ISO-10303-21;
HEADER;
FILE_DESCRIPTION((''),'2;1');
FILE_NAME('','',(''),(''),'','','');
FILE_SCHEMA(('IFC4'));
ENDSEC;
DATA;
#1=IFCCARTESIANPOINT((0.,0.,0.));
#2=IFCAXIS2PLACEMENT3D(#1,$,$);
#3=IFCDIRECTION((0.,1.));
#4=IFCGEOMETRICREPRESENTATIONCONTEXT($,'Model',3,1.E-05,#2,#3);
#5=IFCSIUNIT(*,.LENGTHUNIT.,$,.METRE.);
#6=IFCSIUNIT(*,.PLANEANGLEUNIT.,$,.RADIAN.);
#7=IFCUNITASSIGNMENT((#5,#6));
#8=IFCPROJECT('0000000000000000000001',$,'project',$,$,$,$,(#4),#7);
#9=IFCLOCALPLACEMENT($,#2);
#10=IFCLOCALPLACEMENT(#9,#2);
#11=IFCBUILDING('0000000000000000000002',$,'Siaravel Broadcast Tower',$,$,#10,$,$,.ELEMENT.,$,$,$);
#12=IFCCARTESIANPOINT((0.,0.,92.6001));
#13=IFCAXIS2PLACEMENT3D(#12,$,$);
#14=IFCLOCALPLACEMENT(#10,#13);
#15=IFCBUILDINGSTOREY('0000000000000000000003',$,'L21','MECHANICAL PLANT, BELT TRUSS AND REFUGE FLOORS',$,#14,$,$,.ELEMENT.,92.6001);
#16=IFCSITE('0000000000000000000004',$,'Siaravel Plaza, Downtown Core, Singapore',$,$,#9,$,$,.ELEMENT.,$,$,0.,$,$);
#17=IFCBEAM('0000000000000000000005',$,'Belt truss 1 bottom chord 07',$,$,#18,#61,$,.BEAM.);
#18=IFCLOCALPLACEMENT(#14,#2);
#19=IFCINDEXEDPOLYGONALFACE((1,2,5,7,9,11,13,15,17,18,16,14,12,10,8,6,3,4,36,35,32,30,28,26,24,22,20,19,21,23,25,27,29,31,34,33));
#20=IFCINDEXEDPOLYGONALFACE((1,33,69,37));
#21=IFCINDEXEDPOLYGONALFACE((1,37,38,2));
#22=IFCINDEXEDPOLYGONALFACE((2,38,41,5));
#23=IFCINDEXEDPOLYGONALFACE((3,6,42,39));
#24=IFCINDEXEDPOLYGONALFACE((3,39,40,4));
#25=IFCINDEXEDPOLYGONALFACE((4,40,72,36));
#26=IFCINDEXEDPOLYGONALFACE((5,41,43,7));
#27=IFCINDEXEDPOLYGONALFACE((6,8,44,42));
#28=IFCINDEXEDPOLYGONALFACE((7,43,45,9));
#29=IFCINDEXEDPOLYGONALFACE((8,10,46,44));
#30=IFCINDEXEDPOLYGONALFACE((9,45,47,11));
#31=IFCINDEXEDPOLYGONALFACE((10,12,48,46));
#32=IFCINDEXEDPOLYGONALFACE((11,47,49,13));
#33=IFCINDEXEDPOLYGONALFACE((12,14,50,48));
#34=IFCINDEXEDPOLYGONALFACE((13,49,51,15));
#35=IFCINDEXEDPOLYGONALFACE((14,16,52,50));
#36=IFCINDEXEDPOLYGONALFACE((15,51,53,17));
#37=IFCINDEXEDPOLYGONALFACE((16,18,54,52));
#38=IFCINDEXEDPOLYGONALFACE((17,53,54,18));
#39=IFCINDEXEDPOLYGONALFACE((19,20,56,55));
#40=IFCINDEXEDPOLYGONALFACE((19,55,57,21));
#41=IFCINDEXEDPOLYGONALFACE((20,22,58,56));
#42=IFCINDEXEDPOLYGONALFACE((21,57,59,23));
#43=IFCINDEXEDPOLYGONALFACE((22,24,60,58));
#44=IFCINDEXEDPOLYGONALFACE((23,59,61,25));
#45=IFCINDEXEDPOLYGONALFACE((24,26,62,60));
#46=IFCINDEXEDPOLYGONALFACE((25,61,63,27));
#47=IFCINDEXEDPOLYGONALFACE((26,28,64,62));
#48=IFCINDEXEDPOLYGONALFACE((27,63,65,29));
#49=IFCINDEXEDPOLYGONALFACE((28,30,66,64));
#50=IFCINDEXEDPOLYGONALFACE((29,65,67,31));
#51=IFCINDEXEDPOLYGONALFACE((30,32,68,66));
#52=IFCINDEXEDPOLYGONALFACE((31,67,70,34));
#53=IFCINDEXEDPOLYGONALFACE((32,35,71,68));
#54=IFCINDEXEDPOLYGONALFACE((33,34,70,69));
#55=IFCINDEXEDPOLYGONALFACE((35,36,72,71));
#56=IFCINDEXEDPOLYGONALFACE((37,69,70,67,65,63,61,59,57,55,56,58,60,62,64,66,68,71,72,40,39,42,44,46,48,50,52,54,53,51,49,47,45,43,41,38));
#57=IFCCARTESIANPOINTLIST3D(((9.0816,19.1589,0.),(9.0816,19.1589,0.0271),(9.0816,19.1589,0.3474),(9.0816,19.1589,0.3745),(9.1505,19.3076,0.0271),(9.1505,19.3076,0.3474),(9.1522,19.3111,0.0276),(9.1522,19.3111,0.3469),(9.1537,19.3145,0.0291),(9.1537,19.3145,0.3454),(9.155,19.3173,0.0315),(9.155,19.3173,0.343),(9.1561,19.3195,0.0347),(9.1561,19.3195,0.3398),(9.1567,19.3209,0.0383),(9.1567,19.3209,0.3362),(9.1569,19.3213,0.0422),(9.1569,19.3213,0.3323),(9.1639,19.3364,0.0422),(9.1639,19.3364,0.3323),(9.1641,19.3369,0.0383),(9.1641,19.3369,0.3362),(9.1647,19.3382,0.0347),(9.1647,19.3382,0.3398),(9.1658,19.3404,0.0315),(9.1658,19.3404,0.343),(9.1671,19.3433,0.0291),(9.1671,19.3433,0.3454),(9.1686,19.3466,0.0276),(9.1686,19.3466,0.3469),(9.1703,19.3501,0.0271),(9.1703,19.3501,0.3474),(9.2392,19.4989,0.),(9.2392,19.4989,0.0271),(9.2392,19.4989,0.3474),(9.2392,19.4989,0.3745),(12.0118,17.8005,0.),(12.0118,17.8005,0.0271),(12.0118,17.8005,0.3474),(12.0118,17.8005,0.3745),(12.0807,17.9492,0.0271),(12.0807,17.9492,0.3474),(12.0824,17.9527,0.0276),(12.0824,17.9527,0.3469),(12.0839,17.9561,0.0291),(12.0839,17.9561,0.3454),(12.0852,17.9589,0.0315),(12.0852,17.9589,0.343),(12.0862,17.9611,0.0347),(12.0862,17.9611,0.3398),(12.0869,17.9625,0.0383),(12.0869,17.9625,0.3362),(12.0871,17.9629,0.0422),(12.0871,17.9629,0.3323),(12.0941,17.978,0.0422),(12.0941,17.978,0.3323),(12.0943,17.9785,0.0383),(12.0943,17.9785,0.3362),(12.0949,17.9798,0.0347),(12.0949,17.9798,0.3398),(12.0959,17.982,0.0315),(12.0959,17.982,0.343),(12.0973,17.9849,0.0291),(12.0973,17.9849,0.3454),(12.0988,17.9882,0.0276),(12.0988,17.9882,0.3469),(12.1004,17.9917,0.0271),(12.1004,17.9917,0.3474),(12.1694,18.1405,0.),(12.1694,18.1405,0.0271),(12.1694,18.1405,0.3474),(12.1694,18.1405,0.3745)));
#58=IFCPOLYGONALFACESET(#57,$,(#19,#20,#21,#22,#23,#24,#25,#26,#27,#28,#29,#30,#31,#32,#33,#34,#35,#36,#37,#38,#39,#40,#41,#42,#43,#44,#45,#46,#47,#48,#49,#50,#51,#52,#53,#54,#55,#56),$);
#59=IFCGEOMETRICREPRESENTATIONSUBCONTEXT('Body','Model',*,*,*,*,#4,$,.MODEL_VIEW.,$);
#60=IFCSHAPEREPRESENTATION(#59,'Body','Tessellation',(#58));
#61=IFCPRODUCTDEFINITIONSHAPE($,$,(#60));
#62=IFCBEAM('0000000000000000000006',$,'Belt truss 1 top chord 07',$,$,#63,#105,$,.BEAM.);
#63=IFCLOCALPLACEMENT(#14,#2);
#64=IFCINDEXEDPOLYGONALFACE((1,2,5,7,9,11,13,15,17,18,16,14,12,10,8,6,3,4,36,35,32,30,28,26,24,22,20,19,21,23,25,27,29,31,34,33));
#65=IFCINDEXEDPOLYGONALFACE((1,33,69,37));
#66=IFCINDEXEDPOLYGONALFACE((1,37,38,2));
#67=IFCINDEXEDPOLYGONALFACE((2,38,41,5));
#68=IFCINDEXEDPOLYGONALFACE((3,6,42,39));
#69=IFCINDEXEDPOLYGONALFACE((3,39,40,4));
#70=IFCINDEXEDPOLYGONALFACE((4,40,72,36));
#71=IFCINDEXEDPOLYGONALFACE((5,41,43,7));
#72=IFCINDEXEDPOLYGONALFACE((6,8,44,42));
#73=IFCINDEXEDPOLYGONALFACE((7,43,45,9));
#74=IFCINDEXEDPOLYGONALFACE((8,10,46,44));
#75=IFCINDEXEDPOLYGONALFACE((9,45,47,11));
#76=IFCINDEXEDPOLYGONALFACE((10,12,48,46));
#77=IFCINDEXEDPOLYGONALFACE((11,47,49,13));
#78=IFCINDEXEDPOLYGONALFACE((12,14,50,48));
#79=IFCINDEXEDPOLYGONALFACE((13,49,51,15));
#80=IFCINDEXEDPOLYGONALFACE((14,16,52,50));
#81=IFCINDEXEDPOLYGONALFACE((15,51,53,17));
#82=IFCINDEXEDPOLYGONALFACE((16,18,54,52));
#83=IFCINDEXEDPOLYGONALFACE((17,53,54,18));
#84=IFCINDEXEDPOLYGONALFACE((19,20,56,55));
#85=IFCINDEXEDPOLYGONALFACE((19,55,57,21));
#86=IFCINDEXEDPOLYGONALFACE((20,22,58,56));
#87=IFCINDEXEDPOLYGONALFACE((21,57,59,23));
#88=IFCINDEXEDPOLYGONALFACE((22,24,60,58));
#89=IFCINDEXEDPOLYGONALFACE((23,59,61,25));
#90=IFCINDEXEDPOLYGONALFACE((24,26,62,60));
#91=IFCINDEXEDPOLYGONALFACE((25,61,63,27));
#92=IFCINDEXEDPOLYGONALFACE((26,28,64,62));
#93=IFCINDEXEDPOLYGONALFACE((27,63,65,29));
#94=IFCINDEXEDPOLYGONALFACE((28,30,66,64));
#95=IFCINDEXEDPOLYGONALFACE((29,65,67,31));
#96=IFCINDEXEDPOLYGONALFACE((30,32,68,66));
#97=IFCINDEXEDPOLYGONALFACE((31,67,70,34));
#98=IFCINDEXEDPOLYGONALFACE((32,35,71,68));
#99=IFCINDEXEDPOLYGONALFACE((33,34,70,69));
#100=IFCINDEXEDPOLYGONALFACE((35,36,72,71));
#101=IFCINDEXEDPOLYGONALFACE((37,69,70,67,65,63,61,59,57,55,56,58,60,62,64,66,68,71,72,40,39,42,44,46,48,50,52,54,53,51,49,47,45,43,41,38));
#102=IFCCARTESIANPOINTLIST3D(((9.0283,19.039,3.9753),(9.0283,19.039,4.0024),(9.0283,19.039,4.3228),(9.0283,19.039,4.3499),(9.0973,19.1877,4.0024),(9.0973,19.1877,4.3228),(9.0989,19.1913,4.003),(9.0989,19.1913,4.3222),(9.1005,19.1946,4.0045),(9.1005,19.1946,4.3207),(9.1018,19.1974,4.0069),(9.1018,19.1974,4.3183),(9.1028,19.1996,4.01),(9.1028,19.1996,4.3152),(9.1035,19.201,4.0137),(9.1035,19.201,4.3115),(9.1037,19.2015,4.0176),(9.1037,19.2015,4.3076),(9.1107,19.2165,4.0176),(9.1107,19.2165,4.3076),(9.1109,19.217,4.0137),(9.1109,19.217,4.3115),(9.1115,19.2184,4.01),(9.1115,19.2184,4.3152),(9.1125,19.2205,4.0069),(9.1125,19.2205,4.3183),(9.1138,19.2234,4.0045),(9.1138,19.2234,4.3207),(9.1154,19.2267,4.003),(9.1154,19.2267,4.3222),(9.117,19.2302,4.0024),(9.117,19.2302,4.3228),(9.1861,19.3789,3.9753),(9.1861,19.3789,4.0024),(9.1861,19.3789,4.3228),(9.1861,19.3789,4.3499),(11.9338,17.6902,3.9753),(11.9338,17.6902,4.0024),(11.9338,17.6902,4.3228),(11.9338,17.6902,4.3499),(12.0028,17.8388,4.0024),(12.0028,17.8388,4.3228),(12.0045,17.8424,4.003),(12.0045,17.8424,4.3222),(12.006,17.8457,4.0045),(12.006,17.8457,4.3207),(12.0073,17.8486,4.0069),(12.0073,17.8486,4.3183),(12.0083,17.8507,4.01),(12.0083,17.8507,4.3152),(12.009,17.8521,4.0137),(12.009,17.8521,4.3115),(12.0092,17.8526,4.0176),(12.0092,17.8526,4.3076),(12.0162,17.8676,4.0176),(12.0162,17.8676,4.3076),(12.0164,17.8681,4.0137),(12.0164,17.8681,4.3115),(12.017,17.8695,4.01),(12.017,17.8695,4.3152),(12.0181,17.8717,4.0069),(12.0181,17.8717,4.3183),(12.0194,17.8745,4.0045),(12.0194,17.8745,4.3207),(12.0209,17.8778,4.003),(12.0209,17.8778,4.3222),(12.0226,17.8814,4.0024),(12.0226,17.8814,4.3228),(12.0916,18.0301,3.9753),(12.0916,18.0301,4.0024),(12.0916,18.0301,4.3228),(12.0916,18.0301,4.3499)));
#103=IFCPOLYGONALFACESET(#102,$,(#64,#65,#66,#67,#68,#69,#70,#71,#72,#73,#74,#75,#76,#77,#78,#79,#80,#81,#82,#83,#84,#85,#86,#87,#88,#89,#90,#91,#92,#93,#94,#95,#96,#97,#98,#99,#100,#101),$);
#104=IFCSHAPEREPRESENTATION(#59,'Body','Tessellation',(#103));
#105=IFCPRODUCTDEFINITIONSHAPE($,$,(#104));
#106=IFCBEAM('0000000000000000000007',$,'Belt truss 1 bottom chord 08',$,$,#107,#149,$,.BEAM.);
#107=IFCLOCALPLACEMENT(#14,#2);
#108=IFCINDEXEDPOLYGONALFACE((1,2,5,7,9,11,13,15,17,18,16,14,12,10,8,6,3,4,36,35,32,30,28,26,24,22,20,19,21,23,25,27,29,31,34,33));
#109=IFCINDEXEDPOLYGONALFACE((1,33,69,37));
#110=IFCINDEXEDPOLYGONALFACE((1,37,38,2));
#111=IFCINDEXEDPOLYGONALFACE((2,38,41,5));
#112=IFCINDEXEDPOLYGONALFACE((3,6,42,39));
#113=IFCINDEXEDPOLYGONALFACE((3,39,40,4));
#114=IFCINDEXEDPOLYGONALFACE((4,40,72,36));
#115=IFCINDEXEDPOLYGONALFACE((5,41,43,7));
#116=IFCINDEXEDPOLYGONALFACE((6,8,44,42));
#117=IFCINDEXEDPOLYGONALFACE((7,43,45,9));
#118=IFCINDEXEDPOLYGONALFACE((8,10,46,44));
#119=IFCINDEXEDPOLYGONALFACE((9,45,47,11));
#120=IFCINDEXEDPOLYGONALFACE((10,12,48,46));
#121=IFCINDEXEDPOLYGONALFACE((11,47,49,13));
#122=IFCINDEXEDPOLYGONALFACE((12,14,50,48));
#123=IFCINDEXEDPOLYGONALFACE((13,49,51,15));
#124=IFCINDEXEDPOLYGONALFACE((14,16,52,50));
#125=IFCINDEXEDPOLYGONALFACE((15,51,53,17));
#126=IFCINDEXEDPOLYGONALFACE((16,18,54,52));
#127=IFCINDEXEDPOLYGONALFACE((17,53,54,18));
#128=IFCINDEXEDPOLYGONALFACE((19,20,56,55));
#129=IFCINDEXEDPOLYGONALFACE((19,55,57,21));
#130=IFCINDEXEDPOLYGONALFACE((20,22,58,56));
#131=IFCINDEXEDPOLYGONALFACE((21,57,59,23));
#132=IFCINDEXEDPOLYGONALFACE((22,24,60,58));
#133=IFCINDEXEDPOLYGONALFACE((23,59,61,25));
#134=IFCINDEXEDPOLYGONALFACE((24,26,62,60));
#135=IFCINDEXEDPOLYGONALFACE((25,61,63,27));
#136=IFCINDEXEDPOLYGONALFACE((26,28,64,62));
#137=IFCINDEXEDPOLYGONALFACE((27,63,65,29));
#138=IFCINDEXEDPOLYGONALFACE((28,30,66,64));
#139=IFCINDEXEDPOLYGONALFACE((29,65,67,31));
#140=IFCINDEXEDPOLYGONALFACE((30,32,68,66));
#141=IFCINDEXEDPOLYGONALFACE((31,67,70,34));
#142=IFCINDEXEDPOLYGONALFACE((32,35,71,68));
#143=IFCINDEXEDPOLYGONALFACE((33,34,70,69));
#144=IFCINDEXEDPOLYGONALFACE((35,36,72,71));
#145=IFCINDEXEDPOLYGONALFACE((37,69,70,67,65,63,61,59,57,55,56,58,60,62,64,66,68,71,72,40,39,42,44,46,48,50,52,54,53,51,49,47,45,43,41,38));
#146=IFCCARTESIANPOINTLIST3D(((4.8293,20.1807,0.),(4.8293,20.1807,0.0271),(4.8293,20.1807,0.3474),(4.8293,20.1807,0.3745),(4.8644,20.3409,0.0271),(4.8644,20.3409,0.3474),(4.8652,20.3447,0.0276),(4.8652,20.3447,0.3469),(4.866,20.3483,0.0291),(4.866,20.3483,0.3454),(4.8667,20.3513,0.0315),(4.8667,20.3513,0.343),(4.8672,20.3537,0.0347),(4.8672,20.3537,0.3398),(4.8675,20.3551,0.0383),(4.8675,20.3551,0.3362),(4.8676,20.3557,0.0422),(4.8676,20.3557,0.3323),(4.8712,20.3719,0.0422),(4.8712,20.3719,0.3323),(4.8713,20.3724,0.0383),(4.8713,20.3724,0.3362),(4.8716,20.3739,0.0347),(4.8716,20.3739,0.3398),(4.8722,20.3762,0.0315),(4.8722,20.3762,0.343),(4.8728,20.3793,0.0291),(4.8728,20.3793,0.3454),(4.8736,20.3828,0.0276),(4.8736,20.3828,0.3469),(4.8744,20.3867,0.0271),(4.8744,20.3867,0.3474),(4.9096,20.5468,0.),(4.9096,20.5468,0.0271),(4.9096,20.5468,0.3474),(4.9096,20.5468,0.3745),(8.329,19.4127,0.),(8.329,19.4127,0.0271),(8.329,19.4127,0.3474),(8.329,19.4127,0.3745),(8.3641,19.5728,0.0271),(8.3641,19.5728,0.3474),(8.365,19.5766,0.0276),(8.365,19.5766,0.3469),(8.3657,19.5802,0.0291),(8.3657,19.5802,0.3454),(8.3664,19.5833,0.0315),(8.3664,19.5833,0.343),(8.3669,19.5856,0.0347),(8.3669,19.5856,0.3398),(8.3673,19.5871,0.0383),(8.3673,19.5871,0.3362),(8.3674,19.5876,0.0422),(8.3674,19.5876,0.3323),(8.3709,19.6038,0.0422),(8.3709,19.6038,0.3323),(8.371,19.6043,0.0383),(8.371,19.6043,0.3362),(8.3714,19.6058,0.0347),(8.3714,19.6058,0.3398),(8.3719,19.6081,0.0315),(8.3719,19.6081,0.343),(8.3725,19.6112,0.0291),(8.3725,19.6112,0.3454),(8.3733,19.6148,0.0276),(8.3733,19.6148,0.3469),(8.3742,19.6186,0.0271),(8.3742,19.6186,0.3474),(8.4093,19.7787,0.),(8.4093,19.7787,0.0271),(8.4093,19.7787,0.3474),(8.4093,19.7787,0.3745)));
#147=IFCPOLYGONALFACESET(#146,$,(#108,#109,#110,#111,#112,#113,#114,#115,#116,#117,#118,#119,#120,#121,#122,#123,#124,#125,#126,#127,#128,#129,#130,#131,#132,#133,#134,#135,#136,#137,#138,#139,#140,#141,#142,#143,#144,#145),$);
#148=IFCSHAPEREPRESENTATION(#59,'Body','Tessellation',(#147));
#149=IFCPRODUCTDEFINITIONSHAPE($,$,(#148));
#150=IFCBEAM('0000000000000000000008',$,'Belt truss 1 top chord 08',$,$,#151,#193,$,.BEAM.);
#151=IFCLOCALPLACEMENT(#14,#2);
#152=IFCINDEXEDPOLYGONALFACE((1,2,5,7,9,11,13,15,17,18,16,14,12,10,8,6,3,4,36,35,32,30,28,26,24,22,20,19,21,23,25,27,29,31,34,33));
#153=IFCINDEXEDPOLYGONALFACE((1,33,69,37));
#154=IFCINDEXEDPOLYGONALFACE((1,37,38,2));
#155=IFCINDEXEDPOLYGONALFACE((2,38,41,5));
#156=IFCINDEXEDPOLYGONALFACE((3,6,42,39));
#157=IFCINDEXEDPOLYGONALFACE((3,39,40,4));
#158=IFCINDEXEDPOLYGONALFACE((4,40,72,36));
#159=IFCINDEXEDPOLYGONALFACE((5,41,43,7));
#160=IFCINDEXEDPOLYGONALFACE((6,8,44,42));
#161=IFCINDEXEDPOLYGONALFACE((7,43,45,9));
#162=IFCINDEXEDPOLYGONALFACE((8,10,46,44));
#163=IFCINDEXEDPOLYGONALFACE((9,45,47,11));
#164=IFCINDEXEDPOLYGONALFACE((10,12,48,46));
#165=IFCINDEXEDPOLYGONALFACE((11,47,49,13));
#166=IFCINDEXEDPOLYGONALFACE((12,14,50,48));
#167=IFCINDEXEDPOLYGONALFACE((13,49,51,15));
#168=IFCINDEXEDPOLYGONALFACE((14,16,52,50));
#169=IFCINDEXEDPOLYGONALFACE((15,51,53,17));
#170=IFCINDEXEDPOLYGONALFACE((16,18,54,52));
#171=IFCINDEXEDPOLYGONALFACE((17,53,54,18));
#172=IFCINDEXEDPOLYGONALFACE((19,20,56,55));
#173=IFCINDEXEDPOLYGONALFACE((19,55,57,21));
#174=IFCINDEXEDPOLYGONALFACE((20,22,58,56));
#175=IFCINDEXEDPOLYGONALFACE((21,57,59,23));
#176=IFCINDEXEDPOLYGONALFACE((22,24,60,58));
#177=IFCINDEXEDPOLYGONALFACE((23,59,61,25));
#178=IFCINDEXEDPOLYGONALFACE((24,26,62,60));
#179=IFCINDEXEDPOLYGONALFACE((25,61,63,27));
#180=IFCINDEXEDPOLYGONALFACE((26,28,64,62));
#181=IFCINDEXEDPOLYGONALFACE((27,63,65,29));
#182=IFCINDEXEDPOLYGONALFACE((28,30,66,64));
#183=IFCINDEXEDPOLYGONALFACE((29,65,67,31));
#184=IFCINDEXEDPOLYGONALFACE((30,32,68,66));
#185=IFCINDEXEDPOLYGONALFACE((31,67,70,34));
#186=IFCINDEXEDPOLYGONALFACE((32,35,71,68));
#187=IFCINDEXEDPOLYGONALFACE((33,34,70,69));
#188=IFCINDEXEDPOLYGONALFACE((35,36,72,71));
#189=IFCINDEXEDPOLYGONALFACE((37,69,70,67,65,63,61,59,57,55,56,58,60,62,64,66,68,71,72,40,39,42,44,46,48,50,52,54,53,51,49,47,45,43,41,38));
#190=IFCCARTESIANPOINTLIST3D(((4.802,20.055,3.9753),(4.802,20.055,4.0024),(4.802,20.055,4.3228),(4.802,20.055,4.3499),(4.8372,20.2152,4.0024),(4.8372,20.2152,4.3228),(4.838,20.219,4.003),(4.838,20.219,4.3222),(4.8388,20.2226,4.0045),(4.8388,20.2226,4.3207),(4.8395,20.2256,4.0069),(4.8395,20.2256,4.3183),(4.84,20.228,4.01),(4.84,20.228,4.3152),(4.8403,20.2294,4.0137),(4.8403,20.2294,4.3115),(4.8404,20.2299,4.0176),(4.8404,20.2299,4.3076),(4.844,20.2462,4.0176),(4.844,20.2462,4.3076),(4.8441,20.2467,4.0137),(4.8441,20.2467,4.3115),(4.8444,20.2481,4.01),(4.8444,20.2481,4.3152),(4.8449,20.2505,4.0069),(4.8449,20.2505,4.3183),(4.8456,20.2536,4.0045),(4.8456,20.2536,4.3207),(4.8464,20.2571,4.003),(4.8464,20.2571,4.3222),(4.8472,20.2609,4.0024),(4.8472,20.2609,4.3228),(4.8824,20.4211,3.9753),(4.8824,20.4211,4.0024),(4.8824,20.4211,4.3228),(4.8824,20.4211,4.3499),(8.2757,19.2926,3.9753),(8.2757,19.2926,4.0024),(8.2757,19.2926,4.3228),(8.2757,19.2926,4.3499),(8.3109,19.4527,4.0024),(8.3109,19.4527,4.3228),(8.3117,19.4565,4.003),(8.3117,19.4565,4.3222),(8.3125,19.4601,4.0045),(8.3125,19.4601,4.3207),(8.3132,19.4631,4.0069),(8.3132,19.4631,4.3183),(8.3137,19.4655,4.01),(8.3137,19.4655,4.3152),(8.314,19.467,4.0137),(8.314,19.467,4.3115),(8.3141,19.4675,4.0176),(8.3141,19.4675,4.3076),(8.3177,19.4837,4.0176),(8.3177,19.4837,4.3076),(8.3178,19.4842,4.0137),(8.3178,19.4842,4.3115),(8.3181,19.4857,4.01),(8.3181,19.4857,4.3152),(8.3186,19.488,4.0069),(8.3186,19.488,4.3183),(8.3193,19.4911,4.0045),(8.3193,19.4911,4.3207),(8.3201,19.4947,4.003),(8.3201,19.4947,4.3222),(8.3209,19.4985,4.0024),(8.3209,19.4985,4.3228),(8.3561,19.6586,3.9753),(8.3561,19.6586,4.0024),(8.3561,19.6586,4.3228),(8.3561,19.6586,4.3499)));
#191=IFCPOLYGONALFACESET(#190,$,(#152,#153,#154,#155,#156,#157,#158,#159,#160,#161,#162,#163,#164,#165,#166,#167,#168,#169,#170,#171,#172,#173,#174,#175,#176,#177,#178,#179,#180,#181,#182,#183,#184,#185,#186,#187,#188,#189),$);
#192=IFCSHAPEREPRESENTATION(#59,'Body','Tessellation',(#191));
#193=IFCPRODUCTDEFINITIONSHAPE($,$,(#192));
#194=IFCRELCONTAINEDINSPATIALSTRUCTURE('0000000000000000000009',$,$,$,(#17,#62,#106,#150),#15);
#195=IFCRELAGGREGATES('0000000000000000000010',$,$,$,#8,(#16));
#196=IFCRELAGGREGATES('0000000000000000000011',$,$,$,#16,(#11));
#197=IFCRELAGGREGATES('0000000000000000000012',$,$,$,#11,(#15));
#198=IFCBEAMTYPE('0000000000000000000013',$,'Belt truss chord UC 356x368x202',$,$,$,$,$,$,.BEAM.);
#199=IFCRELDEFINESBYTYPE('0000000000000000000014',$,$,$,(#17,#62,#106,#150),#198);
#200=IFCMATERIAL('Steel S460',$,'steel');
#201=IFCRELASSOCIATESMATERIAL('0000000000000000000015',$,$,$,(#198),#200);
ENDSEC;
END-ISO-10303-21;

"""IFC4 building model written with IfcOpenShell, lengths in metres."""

from ifc_helpers import new_model, si_unit, direction, frame, origin, origin_2d, place, context, subcontext, project, spatial, i_section, extrude, material, material_profile, profile_set, type_object, element, save


model = new_model("IFC4")

# Units and contexts
model_context = context("Model", 3, precision=1e-05, world=origin(), true_north=direction((0.0, 1.0)))
body_context = subcontext(model_context, "Body", "Model", "MODEL_VIEW")
ifc_project = project(units=[si_unit("LENGTHUNIT", "METRE"), si_unit("PLANEANGLEUNIT", "RADIAN")], contexts=[model_context])

# Site, building, storey
site_placement = place(None, origin())
site = spatial("IfcSite", under=ifc_project, at=site_placement, Name="Siaravel Plaza, Downtown Core, Singapore", CompositionType="ELEMENT", RefElevation=0.0)
building_placement = place(site_placement, origin())
building = spatial("IfcBuilding", under=site, at=building_placement, Name="Siaravel Broadcast Tower", CompositionType="ELEMENT")
storey_placement = place(building_placement, frame((0.0, 0.0, 92.6001)))
storey = spatial("IfcBuildingStorey", under=building, at=storey_placement, Name="L21", Description="MECHANICAL PLANT, BELT TRUSS AND REFUGE FLOORS", CompositionType="ELEMENT", Elevation=92.6001)

# Beams
ifc_material_1 = material(Name="Steel S460", Category="steel")
ifc_material_profile_1 = material_profile(ifc_material_1, i_section(OverallWidth=0.3748, OverallDepth=0.3745, WebThickness=0.0166, FlangeThickness=0.0271, FilletRadius=0.0151, at=origin_2d()))
ifc_profile_set_1 = profile_set([ifc_material_profile_1], Name="Steel S460")
beam_type_1 = type_object("IfcBeamType", Name="Belt truss chord UC 356x368x202", PredefinedType="BEAM", material=ifc_profile_set_1)
beam_1_placement = place(storey_placement, frame((12.0906, 17.9705, 0.1873), z_axis=(-0.90725, 0.420592, 0.0), x_axis=(-0.420592, -0.90725, 0.0)))
element("IfcBeam", 1, at=beam_1_placement, inside=storey, type_object=beam_type_1, Name="Belt truss 1 bottom chord 07", PredefinedType="BEAM", context=body_context, shape_type="SweptSolid", body=[
    extrude(i_section(OverallWidth=0.3748, OverallDepth=0.3745, WebThickness=0.0166, FlangeThickness=0.0271, FilletRadius=0.0151, at=origin_2d()), origin(), (0.0, 0.0, 1.0), 3.2297),
])
beam_2_placement = place(storey_placement, frame((12.0127, 17.8601, 4.1626), z_axis=(-0.907022, 0.421082, 0.0), x_axis=(-0.421082, -0.907022, 0.0)))
element("IfcBeam", 2, at=beam_2_placement, inside=storey, type_object=beam_type_1, Name="Belt truss 1 top chord 07", PredefinedType="BEAM", context=body_context, shape_type="SweptSolid", body=[
    extrude(i_section(OverallWidth=0.3748, OverallDepth=0.3745, WebThickness=0.0166, FlangeThickness=0.0271, FilletRadius=0.0151, at=origin_2d()), origin(), (0.0, 0.0, 1.0), 3.2034),
])
beam_3_placement = place(storey_placement, frame((8.3691, 19.5957, 0.1873), z_axis=(-0.976754, 0.214361, 0.0), x_axis=(-0.214361, -0.976754, 0.0)))
element("IfcBeam", 3, at=beam_3_placement, inside=storey, type_object=beam_type_1, Name="Belt truss 1 bottom chord 08", PredefinedType="BEAM", context=body_context, shape_type="SweptSolid", body=[
    extrude(i_section(OverallWidth=0.3748, OverallDepth=0.3745, WebThickness=0.0166, FlangeThickness=0.0271, FilletRadius=0.0151, at=origin_2d()), origin(), (0.0, 0.0, 1.0), 3.583),
])
beam_4_placement = place(storey_placement, frame((8.3159, 19.4756, 4.1626), z_axis=(-0.976747, 0.214393, 0.0), x_axis=(-0.214393, -0.976747, 0.0)))
element("IfcBeam", 4, at=beam_4_placement, inside=storey, type_object=beam_type_1, Name="Belt truss 1 top chord 08", PredefinedType="BEAM", context=body_context, shape_type="SweptSolid", body=[
    extrude(i_section(OverallWidth=0.3748, OverallDepth=0.3745, WebThickness=0.0166, FlangeThickness=0.0271, FilletRadius=0.0151, at=origin_2d()), origin(), (0.0, 0.0, 1.0), 3.5564),
])

save(model, "model.ifc")
